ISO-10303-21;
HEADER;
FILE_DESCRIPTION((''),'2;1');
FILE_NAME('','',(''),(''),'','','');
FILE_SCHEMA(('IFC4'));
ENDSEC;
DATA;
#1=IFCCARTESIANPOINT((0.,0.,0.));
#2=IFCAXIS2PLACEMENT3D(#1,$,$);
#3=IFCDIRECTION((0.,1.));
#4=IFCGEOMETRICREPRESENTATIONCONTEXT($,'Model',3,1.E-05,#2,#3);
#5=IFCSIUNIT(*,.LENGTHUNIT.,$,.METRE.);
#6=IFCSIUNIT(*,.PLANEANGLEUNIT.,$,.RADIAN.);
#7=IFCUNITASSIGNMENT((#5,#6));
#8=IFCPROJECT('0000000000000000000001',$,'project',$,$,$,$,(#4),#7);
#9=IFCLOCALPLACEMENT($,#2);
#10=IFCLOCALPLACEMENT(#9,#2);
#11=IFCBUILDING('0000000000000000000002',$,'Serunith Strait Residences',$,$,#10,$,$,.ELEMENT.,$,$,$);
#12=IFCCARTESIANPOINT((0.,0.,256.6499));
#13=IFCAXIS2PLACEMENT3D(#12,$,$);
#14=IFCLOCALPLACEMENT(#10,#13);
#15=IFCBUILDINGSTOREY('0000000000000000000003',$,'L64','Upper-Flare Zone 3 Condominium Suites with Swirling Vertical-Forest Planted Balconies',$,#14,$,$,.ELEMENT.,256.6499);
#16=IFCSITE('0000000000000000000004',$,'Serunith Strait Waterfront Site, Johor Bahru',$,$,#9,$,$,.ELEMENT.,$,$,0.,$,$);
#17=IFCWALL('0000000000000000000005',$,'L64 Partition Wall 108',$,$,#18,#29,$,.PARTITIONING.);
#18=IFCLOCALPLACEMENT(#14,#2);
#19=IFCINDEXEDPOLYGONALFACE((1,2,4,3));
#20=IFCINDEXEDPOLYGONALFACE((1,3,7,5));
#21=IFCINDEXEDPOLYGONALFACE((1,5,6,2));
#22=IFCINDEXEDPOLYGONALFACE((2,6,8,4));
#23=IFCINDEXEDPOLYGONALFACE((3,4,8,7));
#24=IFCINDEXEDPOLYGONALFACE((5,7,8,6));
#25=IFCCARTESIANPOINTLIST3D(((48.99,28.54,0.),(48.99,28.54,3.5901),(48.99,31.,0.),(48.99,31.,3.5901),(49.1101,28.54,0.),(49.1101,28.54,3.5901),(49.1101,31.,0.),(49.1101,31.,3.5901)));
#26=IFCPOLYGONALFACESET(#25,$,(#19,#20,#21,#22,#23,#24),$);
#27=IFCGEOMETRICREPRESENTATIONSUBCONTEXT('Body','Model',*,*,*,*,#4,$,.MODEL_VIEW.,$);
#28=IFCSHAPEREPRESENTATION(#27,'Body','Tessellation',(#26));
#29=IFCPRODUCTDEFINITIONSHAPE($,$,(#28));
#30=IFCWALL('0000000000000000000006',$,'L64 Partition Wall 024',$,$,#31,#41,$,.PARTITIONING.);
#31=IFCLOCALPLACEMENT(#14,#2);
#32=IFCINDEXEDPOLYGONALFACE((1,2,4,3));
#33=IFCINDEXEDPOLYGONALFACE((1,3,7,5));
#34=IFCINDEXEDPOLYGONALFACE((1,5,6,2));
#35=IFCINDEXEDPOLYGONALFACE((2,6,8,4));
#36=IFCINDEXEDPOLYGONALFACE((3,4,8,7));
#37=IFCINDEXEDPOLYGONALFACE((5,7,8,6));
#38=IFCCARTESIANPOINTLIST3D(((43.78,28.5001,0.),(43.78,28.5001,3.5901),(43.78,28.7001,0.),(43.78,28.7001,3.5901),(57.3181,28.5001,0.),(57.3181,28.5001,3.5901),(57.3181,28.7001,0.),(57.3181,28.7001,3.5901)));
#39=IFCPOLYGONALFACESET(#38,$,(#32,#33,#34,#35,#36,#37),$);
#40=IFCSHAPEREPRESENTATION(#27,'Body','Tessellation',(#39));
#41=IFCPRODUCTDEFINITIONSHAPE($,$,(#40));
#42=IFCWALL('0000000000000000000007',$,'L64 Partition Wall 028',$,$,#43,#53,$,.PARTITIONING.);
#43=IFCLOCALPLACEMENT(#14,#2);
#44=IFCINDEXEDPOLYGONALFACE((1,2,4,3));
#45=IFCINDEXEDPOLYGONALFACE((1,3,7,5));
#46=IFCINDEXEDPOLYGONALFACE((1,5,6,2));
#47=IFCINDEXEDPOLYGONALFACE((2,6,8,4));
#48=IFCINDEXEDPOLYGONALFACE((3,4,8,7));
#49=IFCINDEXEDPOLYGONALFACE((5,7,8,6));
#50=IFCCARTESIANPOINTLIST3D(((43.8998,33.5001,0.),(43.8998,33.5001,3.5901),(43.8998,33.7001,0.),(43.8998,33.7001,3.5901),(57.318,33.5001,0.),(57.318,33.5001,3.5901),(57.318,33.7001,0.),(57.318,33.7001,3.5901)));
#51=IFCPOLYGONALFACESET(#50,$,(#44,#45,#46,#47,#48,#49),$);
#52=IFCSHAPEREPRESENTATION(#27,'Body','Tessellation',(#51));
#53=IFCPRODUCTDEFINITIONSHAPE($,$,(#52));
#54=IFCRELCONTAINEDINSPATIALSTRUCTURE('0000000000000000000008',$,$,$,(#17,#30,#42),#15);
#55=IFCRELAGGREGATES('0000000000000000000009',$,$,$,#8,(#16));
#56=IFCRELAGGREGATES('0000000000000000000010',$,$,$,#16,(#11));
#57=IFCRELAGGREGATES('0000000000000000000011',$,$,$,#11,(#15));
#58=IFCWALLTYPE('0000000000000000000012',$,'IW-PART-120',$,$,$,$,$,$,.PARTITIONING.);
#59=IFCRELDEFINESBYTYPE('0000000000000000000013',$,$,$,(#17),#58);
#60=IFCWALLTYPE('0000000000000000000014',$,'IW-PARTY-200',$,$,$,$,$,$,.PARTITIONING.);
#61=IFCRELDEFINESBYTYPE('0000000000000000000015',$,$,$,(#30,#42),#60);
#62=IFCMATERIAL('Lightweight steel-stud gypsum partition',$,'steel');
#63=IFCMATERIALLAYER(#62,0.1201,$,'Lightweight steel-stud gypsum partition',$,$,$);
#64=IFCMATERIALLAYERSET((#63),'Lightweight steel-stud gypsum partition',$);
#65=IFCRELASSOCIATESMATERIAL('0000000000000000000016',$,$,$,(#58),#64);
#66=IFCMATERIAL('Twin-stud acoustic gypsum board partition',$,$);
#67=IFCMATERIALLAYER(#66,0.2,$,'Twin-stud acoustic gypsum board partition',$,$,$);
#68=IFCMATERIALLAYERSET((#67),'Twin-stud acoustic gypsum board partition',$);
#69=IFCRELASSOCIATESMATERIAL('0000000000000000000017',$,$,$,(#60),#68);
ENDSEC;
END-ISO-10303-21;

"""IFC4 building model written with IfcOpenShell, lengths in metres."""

from ifc_helpers import new_model, si_unit, direction, frame, frame_2d, origin, place, context, subcontext, project, spatial, rectangle, extrude, material, layer, layer_set, type_object, element, save


model = new_model("IFC4")

# Units and contexts
model_context = context("Model", 3, precision=1e-05, world=origin(), true_north=direction((0.0, 1.0)))
body_context = subcontext(model_context, "Body", "Model", "MODEL_VIEW")
ifc_project = project(units=[si_unit("LENGTHUNIT", "METRE"), si_unit("PLANEANGLEUNIT", "RADIAN")], contexts=[model_context])

# Site, building, storey
site_placement = place(None, origin())
site = spatial("IfcSite", under=ifc_project, at=site_placement, Name="Serunith Strait Waterfront Site, Johor Bahru", CompositionType="ELEMENT", RefElevation=0.0)
building_placement = place(site_placement, origin())
building = spatial("IfcBuilding", under=site, at=building_placement, Name="Serunith Strait Residences", CompositionType="ELEMENT")
storey_placement = place(building_placement, frame((0.0, 0.0, 256.6499)))
storey = spatial("IfcBuildingStorey", under=building, at=storey_placement, Name="L64", Description="Upper-Flare Zone 3 Condominium Suites with Swirling Vertical-Forest Planted Balconies", CompositionType="ELEMENT", Elevation=256.6499)

# Shared definitions
ifc_material_1 = material(Name="Lightweight steel-stud gypsum partition", Category="steel")
ifc_layer_1 = layer(ifc_material_1, 0.1201, Name="Lightweight steel-stud gypsum partition")
ifc_layer_set_1 = layer_set([ifc_layer_1], Name="Lightweight steel-stud gypsum partition")
wall_type_1 = type_object("IfcWallType", Name="IW-PART-120", PredefinedType="PARTITIONING", material=ifc_layer_set_1)

# Walls
for number, where, z_axis, x_axis, name in (
    (1, (49.05, 28.54, 0.0), (0.0, 0.0, 1.0), (0.0, 1.0, 0.0), "L64 Partition Wall 108"),
):
    element("IfcWall", number, at=place(storey_placement, frame(where, z_axis=z_axis, x_axis=x_axis)), inside=storey, type_object=wall_type_1, Name=name, PredefinedType="PARTITIONING", context=body_context, shape_type="SweptSolid", body=[
        extrude(rectangle(XDim=2.46, YDim=0.1201, at=frame_2d((1.23, 0.0))), origin(), (0.0, 0.0, 1.0), 3.5901),
    ])
ifc_material_2 = material(Name="Twin-stud acoustic gypsum board partition")
ifc_layer_2 = layer(ifc_material_2, 0.2, Name="Twin-stud acoustic gypsum board partition")
ifc_layer_set_2 = layer_set([ifc_layer_2], Name="Twin-stud acoustic gypsum board partition")
wall_type_2 = type_object("IfcWallType", Name="IW-PARTY-200", PredefinedType="PARTITIONING", material=ifc_layer_set_2)
wall_1_placement = place(storey_placement, frame((43.78, 28.6001, 0.0), z_axis=(0.0, 0.0, 1.0), x_axis=(1.0, 0.0, 0.0)))
element("IfcWall", 2, at=wall_1_placement, inside=storey, type_object=wall_type_2, Name="L64 Partition Wall 024", PredefinedType="PARTITIONING", context=body_context, shape_type="SweptSolid", body=[
    extrude(rectangle(XDim=13.5381, YDim=0.2, at=frame_2d((6.769, 0.0))), origin(), (0.0, 0.0, 1.0), 3.5901),
])
wall_2_placement = place(storey_placement, frame((43.8999, 33.6001, 0.0), z_axis=(0.0, 0.0, 1.0), x_axis=(1.0, 0.0, 0.0)))
element("IfcWall", 3, at=wall_2_placement, inside=storey, type_object=wall_type_2, Name="L64 Partition Wall 028", PredefinedType="PARTITIONING", context=body_context, shape_type="SweptSolid", body=[
    extrude(rectangle(XDim=13.4182, YDim=0.2, at=frame_2d((6.709, 0.0))), origin(), (0.0, 0.0, 1.0), 3.5901),
])

save(model, "model.ifc")
